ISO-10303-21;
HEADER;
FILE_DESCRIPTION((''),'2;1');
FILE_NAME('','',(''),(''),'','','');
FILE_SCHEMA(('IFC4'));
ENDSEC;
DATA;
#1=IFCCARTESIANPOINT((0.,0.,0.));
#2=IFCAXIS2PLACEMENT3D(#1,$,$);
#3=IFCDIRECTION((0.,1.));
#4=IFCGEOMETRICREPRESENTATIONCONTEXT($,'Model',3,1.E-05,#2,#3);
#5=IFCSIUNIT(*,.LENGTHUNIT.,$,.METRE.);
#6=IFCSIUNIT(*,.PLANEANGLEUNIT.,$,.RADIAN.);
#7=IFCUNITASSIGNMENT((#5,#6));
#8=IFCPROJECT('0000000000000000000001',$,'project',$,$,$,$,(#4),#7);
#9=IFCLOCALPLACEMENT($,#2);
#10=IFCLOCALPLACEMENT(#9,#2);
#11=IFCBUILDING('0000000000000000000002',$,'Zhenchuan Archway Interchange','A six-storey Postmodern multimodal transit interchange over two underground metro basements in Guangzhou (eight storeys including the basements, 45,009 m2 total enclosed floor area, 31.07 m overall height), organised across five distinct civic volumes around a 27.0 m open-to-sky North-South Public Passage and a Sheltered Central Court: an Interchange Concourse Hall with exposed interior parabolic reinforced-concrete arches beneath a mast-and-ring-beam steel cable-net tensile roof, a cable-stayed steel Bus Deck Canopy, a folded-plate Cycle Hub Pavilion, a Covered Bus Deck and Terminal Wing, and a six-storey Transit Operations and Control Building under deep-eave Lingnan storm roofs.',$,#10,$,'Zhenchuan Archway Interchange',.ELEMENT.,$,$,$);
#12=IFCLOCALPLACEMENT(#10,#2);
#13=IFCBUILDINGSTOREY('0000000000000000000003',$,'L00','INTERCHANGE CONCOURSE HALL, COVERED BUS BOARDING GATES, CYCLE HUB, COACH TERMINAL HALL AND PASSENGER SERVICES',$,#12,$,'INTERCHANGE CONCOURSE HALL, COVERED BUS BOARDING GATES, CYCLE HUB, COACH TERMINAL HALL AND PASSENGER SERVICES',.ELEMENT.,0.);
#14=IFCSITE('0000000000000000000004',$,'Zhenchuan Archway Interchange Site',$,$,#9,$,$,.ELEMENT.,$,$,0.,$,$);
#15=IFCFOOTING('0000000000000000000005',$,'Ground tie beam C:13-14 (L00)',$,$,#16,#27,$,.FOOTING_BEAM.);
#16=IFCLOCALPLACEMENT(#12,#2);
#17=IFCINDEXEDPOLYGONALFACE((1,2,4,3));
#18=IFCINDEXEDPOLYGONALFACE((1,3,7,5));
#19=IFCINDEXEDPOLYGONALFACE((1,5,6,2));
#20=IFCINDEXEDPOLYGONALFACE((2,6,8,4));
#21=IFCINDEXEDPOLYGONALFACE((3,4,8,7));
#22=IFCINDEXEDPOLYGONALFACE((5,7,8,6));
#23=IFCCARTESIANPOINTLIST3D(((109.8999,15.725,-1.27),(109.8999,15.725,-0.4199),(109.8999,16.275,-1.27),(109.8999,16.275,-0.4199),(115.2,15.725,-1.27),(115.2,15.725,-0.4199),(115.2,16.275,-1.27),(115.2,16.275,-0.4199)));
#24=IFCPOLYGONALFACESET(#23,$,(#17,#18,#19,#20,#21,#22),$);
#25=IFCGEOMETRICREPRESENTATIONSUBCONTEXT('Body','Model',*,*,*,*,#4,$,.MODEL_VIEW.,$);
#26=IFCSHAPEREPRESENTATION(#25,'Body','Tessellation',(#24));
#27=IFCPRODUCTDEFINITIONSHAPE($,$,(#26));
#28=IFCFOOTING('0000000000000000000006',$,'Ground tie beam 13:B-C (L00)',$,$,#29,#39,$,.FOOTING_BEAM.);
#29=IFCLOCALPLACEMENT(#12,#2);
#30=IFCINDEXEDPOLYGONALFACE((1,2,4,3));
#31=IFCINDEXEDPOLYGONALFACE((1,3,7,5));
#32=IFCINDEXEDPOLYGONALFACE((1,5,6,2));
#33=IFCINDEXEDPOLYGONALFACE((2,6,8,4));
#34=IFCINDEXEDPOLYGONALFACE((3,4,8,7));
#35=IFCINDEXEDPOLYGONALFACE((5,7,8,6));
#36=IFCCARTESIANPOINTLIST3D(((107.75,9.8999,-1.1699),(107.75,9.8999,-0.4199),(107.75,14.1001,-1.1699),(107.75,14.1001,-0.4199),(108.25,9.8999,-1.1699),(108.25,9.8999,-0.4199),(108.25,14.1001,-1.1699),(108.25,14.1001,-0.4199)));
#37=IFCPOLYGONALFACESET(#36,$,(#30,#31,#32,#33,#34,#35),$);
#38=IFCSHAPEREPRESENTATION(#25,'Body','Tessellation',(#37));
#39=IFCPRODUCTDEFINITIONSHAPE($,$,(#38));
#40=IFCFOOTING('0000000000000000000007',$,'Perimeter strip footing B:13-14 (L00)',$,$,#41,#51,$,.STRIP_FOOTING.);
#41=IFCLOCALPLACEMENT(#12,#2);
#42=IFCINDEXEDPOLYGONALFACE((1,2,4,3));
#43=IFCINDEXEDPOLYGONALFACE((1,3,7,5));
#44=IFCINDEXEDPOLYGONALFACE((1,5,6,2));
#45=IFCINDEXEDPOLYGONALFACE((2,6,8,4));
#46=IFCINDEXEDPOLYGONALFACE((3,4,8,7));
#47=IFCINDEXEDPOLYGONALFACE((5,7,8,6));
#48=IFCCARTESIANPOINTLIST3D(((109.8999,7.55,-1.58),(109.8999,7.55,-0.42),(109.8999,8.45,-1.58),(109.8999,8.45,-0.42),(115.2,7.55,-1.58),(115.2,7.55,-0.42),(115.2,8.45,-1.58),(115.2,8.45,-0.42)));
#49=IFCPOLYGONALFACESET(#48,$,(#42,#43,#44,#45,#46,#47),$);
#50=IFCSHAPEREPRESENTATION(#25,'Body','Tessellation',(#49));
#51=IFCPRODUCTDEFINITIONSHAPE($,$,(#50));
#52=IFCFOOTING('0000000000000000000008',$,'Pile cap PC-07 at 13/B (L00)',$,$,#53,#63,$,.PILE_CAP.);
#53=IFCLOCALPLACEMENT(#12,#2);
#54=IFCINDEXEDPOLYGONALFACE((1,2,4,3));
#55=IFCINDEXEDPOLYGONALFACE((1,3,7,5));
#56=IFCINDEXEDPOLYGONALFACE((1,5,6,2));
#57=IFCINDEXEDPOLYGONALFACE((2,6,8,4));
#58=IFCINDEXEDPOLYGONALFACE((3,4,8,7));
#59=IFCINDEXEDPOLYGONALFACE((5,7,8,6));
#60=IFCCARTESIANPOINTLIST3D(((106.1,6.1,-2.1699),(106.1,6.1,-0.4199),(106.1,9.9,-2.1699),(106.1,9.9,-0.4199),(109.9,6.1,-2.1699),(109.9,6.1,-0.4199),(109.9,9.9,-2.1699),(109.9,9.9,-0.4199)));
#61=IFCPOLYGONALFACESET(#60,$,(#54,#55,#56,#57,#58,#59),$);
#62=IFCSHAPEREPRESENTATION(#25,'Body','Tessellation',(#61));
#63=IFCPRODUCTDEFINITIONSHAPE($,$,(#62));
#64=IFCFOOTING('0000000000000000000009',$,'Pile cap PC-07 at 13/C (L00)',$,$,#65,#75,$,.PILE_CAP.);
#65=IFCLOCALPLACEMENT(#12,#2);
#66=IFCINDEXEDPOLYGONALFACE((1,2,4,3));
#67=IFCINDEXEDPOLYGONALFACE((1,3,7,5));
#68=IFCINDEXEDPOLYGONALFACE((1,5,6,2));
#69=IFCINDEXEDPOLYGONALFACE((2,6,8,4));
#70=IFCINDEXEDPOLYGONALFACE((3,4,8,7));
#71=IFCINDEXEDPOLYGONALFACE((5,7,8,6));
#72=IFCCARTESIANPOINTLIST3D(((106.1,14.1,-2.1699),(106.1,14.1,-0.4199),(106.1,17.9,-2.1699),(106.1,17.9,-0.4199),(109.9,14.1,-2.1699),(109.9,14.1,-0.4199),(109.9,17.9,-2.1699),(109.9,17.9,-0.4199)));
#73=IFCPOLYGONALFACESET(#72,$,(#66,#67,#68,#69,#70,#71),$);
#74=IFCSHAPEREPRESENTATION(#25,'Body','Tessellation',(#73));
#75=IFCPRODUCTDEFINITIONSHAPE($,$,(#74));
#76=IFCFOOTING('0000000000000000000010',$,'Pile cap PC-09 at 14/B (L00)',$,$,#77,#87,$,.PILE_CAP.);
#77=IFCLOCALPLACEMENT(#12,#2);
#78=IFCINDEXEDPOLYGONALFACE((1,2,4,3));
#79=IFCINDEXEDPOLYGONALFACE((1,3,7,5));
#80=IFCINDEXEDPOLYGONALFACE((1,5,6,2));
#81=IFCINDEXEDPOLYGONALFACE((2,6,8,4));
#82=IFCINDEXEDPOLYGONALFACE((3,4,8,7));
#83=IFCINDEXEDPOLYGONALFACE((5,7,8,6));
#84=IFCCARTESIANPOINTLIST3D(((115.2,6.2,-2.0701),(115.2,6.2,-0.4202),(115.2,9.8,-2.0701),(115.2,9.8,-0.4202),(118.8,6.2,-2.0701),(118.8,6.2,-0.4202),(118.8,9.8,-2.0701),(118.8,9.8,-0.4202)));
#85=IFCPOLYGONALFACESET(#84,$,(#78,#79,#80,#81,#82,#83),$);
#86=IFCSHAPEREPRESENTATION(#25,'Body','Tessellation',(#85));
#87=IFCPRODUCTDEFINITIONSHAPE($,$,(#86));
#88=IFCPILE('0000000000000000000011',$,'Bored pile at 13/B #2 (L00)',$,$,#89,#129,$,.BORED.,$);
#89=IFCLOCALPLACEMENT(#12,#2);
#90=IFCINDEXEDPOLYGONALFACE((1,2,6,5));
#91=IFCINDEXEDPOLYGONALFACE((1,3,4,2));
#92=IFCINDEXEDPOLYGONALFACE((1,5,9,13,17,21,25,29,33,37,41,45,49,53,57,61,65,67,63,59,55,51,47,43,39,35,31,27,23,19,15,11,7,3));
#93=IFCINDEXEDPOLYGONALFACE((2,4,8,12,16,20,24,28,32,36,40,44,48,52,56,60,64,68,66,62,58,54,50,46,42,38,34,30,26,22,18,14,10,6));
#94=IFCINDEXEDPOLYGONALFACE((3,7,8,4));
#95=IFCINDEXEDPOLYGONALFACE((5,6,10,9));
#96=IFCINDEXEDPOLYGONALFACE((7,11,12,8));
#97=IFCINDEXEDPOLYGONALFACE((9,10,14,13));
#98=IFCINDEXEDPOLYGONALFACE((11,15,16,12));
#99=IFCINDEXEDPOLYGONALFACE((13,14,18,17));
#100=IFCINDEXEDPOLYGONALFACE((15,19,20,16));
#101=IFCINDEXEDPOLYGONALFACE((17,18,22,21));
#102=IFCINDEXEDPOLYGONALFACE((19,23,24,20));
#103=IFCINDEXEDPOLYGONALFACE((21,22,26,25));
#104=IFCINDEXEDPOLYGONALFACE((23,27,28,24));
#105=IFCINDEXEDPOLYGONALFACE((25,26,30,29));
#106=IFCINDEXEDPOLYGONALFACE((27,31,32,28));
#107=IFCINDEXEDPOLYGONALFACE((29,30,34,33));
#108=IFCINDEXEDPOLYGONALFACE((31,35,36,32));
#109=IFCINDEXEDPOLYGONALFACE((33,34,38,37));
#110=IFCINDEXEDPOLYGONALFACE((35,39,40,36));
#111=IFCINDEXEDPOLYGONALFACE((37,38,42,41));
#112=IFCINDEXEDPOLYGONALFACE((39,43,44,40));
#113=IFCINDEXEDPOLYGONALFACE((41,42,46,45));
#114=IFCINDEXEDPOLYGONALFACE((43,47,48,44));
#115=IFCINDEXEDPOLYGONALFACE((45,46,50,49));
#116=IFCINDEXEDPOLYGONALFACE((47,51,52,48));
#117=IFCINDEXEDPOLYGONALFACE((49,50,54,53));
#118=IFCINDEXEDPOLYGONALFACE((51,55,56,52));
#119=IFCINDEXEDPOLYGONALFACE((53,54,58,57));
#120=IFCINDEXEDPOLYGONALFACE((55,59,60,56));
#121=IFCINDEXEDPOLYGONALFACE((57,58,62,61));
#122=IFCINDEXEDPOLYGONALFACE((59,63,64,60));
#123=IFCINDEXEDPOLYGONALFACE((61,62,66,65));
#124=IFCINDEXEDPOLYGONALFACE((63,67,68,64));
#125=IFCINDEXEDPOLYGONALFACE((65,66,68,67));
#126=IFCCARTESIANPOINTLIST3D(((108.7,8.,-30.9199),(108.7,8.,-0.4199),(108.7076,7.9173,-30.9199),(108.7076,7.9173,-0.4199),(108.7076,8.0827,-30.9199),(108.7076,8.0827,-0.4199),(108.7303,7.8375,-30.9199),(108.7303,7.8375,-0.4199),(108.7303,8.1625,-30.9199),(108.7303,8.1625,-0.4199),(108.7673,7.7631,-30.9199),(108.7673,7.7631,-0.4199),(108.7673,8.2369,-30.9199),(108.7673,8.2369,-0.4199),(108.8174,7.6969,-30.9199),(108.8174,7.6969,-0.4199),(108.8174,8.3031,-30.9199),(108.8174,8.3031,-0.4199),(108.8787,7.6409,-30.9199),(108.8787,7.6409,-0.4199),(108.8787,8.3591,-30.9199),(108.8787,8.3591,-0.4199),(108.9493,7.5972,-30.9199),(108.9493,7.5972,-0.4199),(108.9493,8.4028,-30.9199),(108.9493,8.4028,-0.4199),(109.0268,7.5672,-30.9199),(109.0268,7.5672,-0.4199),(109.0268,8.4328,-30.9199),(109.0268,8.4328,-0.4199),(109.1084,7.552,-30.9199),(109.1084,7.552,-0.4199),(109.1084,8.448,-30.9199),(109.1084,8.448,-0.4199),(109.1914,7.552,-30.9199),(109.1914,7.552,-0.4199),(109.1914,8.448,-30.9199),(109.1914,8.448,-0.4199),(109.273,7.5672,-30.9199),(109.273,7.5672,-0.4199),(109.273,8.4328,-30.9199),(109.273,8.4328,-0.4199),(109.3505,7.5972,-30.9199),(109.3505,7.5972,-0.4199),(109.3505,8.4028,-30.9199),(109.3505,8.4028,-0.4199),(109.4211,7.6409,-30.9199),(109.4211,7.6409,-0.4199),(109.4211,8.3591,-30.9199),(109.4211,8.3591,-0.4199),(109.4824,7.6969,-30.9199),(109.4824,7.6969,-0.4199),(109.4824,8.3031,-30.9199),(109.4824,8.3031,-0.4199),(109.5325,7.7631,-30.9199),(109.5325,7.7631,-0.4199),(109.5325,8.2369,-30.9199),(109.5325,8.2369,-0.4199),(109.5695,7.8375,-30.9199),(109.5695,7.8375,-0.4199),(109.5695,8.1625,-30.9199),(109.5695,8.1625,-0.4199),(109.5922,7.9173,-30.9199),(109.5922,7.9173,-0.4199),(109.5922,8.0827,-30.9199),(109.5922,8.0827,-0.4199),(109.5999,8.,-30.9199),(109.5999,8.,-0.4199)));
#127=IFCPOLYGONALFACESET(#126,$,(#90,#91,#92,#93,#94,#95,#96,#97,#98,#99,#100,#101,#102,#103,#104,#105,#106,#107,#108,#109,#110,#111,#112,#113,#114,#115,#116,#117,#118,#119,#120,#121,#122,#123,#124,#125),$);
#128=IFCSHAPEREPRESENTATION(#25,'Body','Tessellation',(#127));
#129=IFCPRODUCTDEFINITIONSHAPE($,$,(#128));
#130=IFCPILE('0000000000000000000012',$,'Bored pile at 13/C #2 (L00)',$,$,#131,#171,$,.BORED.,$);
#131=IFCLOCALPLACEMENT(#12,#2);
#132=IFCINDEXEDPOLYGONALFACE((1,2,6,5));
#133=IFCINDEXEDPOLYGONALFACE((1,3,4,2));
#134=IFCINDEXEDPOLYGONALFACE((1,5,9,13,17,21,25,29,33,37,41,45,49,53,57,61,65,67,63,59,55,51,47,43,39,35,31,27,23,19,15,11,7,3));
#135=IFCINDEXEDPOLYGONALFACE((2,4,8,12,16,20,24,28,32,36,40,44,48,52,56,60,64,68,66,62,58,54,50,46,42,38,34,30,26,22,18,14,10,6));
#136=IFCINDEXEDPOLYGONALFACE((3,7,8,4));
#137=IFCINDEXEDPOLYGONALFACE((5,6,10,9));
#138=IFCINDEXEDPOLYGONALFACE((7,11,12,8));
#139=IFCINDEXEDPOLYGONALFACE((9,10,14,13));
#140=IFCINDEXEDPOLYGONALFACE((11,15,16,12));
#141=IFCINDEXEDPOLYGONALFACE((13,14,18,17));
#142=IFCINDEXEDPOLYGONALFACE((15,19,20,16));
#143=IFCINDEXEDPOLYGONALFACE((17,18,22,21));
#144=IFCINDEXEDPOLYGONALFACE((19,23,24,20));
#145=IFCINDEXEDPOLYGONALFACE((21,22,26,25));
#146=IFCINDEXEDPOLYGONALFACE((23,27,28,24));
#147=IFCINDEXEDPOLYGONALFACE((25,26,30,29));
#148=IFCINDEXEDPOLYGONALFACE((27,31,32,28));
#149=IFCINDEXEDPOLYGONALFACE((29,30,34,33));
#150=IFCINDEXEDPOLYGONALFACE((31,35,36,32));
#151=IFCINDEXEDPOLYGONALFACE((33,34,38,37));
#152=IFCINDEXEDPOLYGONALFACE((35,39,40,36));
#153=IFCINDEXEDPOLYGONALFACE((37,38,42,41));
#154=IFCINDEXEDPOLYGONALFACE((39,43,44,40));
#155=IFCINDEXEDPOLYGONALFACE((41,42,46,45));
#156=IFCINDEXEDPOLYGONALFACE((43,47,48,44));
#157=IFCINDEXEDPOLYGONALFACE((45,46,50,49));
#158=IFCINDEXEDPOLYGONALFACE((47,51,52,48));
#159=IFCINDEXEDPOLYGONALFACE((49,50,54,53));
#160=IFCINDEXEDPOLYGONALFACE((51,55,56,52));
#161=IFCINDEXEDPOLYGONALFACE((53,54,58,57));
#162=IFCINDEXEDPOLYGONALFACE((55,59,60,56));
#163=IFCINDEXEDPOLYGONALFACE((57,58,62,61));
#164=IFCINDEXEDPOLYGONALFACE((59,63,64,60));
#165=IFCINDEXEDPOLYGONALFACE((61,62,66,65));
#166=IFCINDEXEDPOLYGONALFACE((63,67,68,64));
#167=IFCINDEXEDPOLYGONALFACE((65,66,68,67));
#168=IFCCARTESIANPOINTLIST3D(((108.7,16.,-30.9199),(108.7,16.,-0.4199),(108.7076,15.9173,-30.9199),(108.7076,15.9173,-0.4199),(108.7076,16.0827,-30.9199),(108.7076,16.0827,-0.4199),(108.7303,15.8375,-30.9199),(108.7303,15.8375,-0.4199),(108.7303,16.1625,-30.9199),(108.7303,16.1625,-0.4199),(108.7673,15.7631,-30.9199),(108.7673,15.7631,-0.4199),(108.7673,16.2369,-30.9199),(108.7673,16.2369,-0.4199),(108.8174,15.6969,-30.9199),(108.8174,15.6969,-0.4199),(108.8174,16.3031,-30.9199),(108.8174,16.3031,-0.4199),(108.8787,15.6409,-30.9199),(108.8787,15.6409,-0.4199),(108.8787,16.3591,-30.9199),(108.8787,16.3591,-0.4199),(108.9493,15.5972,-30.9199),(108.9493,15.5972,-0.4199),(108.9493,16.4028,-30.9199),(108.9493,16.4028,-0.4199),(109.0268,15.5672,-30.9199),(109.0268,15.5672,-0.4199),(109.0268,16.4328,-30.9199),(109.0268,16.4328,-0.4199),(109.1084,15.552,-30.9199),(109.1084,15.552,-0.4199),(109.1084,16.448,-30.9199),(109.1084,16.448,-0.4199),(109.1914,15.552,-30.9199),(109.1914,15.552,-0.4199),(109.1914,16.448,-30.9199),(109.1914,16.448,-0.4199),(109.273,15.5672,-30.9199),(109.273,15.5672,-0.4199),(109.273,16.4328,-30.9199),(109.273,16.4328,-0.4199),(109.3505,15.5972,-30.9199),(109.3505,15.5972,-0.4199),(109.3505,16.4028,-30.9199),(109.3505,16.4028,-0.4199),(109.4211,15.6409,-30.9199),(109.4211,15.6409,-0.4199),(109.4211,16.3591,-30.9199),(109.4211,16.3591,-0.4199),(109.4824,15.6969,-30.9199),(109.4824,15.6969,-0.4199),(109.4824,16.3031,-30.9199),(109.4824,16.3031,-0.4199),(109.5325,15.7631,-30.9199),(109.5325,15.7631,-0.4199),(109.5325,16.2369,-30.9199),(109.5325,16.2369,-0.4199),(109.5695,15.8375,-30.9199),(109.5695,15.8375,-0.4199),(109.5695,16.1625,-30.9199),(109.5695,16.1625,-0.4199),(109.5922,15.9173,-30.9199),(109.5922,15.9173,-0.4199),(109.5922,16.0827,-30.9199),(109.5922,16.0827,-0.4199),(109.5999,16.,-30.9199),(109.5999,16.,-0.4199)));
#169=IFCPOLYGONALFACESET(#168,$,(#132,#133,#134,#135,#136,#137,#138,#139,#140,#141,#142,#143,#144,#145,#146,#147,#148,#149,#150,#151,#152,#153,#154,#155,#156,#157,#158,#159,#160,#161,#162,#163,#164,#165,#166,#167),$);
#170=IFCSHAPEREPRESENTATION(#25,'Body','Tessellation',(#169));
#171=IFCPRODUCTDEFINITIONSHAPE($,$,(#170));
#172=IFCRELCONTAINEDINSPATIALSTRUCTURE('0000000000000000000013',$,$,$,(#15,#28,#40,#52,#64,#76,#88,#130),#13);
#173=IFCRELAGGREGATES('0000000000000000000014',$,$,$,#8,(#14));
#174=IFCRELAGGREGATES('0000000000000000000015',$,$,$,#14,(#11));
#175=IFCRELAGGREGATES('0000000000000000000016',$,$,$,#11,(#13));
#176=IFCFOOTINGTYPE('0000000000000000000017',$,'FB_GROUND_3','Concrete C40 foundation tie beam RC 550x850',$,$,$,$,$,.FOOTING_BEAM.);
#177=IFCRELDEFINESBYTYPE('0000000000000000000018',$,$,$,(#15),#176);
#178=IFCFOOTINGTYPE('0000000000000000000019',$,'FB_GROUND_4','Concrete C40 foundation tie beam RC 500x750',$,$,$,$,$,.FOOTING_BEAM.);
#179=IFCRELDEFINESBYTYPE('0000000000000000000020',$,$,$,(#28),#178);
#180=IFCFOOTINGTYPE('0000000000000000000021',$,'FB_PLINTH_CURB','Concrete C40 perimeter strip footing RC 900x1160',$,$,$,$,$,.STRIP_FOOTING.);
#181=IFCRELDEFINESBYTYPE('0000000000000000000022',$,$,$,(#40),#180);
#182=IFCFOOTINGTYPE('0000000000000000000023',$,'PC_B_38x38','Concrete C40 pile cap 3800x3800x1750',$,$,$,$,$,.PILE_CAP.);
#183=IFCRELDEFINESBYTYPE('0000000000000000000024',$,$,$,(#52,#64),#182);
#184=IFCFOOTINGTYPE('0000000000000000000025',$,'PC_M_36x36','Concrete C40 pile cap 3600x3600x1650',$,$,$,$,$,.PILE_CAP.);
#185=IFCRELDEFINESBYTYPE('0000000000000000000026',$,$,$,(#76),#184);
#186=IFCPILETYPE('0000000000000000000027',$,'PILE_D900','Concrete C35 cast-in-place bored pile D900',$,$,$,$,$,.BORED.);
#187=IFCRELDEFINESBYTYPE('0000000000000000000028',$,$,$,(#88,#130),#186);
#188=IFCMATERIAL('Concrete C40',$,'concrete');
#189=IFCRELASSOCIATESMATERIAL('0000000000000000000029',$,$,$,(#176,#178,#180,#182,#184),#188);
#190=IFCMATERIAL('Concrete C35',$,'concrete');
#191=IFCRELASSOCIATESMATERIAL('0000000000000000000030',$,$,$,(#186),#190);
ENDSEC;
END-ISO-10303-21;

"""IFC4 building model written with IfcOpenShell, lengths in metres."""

from ifc_helpers import new_model, si_unit, direction, frame, origin, origin_2d, place, context, subcontext, project, spatial, rectangle, circle, extrude, material, material_profile, profile_set, type_object, element, save


model = new_model("IFC4")

# Units and contexts
model_context = context("Model", 3, precision=1e-05, world=origin(), true_north=direction((0.0, 1.0)))
body_context = subcontext(model_context, "Body", "Model", "MODEL_VIEW")
ifc_project = project(units=[si_unit("LENGTHUNIT", "METRE"), si_unit("PLANEANGLEUNIT", "RADIAN")], contexts=[model_context])

# Site, building, storey
site_placement = place(None, origin())
site = spatial("IfcSite", under=ifc_project, at=site_placement, Name="Zhenchuan Archway Interchange Site", CompositionType="ELEMENT", RefElevation=0.0)
building_placement = place(site_placement, origin())
building = spatial("IfcBuilding", under=site, at=building_placement, Name="Zhenchuan Archway Interchange", Description="A six-storey Postmodern multimodal transit interchange over two underground metro basements in Guangzhou (eight storeys including the basements, 45,009 m2 total enclosed floor area, 31.07 m overall height), organised across five distinct civic volumes around a 27.0 m open-to-sky North-South Public Passage and a Sheltered Central Court: an Interchange Concourse Hall with exposed interior parabolic reinforced-concrete arches beneath a mast-and-ring-beam steel cable-net tensile roof, a cable-stayed steel Bus Deck Canopy, a folded-plate Cycle Hub Pavilion, a Covered Bus Deck and Terminal Wing, and a six-storey Transit Operations and Control Building under deep-eave Lingnan storm roofs.", LongName="Zhenchuan Archway Interchange", CompositionType="ELEMENT")
storey_placement = place(building_placement, origin())
storey = spatial("IfcBuildingStorey", under=building, at=storey_placement, Name="L00", Description="INTERCHANGE CONCOURSE HALL, COVERED BUS BOARDING GATES, CYCLE HUB, COACH TERMINAL HALL AND PASSENGER SERVICES", LongName="INTERCHANGE CONCOURSE HALL, COVERED BUS BOARDING GATES, CYCLE HUB, COACH TERMINAL HALL AND PASSENGER SERVICES", CompositionType="ELEMENT", Elevation=0.0)

# Footings
ifc_material_1 = material(Name="Concrete C40", Category="concrete")
ifc_material_profile_1 = material_profile(ifc_material_1, rectangle(XDim=0.55, YDim=0.8501, at=origin_2d()), Name="RC 550x850")
ifc_profile_set_1 = profile_set([ifc_material_profile_1], Name="Concrete C40")
footing_type_1 = type_object("IfcFootingType", Name="FB_GROUND_3", Description="Concrete C40 foundation tie beam RC 550x850", PredefinedType="FOOTING_BEAM", material=ifc_profile_set_1)
footing_1_placement = place(storey_placement, frame((109.8999, 16.0, -0.845), z_axis=(1.0, 0.0, 0.0), x_axis=(0.0, 1.0, 0.0)))
element("IfcFooting", 1, at=footing_1_placement, inside=storey, type_object=footing_type_1, Name="Ground tie beam C:13-14 (L00)", PredefinedType="FOOTING_BEAM", context=body_context, shape_type="SweptSolid", body=[
    extrude(rectangle(XDim=0.55, YDim=0.8501, at=origin_2d()), origin(), (0.0, 0.0, 1.0), 5.3),
])
ifc_material_profile_2 = material_profile(ifc_material_1, rectangle(XDim=0.5, YDim=0.75, at=origin_2d()), Name="RC 500x750")
ifc_profile_set_2 = profile_set([ifc_material_profile_2], Name="Concrete C40")
footing_type_2 = type_object("IfcFootingType", Name="FB_GROUND_4", Description="Concrete C40 foundation tie beam RC 500x750", PredefinedType="FOOTING_BEAM", material=ifc_profile_set_2)
footing_2_placement = place(storey_placement, frame((108.0, 9.8999, -0.7949), z_axis=(0.0, 1.0, 0.0), x_axis=(-1.0, 0.0, 0.0)))
element("IfcFooting", 2, at=footing_2_placement, inside=storey, type_object=footing_type_2, Name="Ground tie beam 13:B-C (L00)", PredefinedType="FOOTING_BEAM", context=body_context, shape_type="SweptSolid", body=[
    extrude(rectangle(XDim=0.5, YDim=0.75, at=origin_2d()), origin(), (0.0, 0.0, 1.0), 4.2002),
])
ifc_material_profile_3 = material_profile(ifc_material_1, rectangle(XDim=0.8999, YDim=1.1599, at=origin_2d()), Name="RC 900x1160")
ifc_profile_set_3 = profile_set([ifc_material_profile_3], Name="Concrete C40")
footing_type_3 = type_object("IfcFootingType", Name="FB_PLINTH_CURB", Description="Concrete C40 perimeter strip footing RC 900x1160", PredefinedType="STRIP_FOOTING", material=ifc_profile_set_3)
footing_3_placement = place(storey_placement, frame((109.8999, 8.0, -1.0), z_axis=(1.0, 0.0, 0.0), x_axis=(0.0, 1.0, 0.0)))
element("IfcFooting", 3, at=footing_3_placement, inside=storey, type_object=footing_type_3, Name="Perimeter strip footing B:13-14 (L00)", PredefinedType="STRIP_FOOTING", context=body_context, shape_type="SweptSolid", body=[
    extrude(rectangle(XDim=0.8999, YDim=1.1599, at=origin_2d()), origin(), (0.0, 0.0, 1.0), 5.3),
])
footing_type_4 = type_object("IfcFootingType", Name="PC_B_38x38", Description="Concrete C40 pile cap 3800x3800x1750", PredefinedType="PILE_CAP", material=ifc_material_1)
for number, where, z_axis, x_axis, name in (
    (4, (108.0, 8.0, -2.1699), (0.0, 0.0, 1.0), (1.0, 0.0, 0.0), "Pile cap PC-07 at 13/B (L00)"),
    (5, (108.0, 16.0, -2.1699), (0.0, 0.0, 1.0), (1.0, 0.0, 0.0), "Pile cap PC-07 at 13/C (L00)"),
):
    element("IfcFooting", number, at=place(storey_placement, frame(where, z_axis=z_axis, x_axis=x_axis)), inside=storey, type_object=footing_type_4, Name=name, PredefinedType="PILE_CAP", context=body_context, shape_type="SweptSolid", body=[
        extrude(rectangle(XDim=3.8, YDim=3.8, at=origin_2d()), origin(), (0.0, 0.0, 1.0), 1.75),
    ])
footing_type_5 = type_object("IfcFootingType", Name="PC_M_36x36", Description="Concrete C40 pile cap 3600x3600x1650", PredefinedType="PILE_CAP", material=ifc_material_1)
footing_4_placement = place(storey_placement, frame((117.0, 8.0, -2.0701), z_axis=(0.0, 0.0, 1.0), x_axis=(1.0, 0.0, 0.0)))
element("IfcFooting", 6, at=footing_4_placement, inside=storey, type_object=footing_type_5, Name="Pile cap PC-09 at 14/B (L00)", PredefinedType="PILE_CAP", context=body_context, shape_type="SweptSolid", body=[
    extrude(rectangle(XDim=3.6001, YDim=3.6001, at=origin_2d()), origin(), (0.0, 0.0, 1.0), 1.6499),
])

# Piles
ifc_material_2 = material(Name="Concrete C35", Category="concrete")
ifc_material_profile_4 = material_profile(ifc_material_2, circle(Radius=0.45, at=origin_2d()), Name="BORED PILE 900")
ifc_profile_set_4 = profile_set([ifc_material_profile_4], Name="Concrete C35")
pile_type = type_object("IfcPileType", Name="PILE_D900", Description="Concrete C35 cast-in-place bored pile D900", PredefinedType="BORED", material=ifc_profile_set_4)
for number, where, z_axis, x_axis, name in (
    (7, (109.1499, 8.0, -0.4199), (0.0, 0.0, -1.0), (1.0, 0.0, 0.0), "Bored pile at 13/B #2 (L00)"),
    (8, (109.1499, 16.0, -0.4199), (0.0, 0.0, -1.0), (1.0, 0.0, 0.0), "Bored pile at 13/C #2 (L00)"),
):
    element("IfcPile", number, at=place(storey_placement, frame(where, z_axis=z_axis, x_axis=x_axis)), inside=storey, type_object=pile_type, Name=name, PredefinedType="BORED", context=body_context, shape_type="SweptSolid", body=[
        extrude(circle(Radius=0.45, at=origin_2d()), origin(), (0.0, 0.0, 1.0), 30.5),
    ])

save(model, "model.ifc")
